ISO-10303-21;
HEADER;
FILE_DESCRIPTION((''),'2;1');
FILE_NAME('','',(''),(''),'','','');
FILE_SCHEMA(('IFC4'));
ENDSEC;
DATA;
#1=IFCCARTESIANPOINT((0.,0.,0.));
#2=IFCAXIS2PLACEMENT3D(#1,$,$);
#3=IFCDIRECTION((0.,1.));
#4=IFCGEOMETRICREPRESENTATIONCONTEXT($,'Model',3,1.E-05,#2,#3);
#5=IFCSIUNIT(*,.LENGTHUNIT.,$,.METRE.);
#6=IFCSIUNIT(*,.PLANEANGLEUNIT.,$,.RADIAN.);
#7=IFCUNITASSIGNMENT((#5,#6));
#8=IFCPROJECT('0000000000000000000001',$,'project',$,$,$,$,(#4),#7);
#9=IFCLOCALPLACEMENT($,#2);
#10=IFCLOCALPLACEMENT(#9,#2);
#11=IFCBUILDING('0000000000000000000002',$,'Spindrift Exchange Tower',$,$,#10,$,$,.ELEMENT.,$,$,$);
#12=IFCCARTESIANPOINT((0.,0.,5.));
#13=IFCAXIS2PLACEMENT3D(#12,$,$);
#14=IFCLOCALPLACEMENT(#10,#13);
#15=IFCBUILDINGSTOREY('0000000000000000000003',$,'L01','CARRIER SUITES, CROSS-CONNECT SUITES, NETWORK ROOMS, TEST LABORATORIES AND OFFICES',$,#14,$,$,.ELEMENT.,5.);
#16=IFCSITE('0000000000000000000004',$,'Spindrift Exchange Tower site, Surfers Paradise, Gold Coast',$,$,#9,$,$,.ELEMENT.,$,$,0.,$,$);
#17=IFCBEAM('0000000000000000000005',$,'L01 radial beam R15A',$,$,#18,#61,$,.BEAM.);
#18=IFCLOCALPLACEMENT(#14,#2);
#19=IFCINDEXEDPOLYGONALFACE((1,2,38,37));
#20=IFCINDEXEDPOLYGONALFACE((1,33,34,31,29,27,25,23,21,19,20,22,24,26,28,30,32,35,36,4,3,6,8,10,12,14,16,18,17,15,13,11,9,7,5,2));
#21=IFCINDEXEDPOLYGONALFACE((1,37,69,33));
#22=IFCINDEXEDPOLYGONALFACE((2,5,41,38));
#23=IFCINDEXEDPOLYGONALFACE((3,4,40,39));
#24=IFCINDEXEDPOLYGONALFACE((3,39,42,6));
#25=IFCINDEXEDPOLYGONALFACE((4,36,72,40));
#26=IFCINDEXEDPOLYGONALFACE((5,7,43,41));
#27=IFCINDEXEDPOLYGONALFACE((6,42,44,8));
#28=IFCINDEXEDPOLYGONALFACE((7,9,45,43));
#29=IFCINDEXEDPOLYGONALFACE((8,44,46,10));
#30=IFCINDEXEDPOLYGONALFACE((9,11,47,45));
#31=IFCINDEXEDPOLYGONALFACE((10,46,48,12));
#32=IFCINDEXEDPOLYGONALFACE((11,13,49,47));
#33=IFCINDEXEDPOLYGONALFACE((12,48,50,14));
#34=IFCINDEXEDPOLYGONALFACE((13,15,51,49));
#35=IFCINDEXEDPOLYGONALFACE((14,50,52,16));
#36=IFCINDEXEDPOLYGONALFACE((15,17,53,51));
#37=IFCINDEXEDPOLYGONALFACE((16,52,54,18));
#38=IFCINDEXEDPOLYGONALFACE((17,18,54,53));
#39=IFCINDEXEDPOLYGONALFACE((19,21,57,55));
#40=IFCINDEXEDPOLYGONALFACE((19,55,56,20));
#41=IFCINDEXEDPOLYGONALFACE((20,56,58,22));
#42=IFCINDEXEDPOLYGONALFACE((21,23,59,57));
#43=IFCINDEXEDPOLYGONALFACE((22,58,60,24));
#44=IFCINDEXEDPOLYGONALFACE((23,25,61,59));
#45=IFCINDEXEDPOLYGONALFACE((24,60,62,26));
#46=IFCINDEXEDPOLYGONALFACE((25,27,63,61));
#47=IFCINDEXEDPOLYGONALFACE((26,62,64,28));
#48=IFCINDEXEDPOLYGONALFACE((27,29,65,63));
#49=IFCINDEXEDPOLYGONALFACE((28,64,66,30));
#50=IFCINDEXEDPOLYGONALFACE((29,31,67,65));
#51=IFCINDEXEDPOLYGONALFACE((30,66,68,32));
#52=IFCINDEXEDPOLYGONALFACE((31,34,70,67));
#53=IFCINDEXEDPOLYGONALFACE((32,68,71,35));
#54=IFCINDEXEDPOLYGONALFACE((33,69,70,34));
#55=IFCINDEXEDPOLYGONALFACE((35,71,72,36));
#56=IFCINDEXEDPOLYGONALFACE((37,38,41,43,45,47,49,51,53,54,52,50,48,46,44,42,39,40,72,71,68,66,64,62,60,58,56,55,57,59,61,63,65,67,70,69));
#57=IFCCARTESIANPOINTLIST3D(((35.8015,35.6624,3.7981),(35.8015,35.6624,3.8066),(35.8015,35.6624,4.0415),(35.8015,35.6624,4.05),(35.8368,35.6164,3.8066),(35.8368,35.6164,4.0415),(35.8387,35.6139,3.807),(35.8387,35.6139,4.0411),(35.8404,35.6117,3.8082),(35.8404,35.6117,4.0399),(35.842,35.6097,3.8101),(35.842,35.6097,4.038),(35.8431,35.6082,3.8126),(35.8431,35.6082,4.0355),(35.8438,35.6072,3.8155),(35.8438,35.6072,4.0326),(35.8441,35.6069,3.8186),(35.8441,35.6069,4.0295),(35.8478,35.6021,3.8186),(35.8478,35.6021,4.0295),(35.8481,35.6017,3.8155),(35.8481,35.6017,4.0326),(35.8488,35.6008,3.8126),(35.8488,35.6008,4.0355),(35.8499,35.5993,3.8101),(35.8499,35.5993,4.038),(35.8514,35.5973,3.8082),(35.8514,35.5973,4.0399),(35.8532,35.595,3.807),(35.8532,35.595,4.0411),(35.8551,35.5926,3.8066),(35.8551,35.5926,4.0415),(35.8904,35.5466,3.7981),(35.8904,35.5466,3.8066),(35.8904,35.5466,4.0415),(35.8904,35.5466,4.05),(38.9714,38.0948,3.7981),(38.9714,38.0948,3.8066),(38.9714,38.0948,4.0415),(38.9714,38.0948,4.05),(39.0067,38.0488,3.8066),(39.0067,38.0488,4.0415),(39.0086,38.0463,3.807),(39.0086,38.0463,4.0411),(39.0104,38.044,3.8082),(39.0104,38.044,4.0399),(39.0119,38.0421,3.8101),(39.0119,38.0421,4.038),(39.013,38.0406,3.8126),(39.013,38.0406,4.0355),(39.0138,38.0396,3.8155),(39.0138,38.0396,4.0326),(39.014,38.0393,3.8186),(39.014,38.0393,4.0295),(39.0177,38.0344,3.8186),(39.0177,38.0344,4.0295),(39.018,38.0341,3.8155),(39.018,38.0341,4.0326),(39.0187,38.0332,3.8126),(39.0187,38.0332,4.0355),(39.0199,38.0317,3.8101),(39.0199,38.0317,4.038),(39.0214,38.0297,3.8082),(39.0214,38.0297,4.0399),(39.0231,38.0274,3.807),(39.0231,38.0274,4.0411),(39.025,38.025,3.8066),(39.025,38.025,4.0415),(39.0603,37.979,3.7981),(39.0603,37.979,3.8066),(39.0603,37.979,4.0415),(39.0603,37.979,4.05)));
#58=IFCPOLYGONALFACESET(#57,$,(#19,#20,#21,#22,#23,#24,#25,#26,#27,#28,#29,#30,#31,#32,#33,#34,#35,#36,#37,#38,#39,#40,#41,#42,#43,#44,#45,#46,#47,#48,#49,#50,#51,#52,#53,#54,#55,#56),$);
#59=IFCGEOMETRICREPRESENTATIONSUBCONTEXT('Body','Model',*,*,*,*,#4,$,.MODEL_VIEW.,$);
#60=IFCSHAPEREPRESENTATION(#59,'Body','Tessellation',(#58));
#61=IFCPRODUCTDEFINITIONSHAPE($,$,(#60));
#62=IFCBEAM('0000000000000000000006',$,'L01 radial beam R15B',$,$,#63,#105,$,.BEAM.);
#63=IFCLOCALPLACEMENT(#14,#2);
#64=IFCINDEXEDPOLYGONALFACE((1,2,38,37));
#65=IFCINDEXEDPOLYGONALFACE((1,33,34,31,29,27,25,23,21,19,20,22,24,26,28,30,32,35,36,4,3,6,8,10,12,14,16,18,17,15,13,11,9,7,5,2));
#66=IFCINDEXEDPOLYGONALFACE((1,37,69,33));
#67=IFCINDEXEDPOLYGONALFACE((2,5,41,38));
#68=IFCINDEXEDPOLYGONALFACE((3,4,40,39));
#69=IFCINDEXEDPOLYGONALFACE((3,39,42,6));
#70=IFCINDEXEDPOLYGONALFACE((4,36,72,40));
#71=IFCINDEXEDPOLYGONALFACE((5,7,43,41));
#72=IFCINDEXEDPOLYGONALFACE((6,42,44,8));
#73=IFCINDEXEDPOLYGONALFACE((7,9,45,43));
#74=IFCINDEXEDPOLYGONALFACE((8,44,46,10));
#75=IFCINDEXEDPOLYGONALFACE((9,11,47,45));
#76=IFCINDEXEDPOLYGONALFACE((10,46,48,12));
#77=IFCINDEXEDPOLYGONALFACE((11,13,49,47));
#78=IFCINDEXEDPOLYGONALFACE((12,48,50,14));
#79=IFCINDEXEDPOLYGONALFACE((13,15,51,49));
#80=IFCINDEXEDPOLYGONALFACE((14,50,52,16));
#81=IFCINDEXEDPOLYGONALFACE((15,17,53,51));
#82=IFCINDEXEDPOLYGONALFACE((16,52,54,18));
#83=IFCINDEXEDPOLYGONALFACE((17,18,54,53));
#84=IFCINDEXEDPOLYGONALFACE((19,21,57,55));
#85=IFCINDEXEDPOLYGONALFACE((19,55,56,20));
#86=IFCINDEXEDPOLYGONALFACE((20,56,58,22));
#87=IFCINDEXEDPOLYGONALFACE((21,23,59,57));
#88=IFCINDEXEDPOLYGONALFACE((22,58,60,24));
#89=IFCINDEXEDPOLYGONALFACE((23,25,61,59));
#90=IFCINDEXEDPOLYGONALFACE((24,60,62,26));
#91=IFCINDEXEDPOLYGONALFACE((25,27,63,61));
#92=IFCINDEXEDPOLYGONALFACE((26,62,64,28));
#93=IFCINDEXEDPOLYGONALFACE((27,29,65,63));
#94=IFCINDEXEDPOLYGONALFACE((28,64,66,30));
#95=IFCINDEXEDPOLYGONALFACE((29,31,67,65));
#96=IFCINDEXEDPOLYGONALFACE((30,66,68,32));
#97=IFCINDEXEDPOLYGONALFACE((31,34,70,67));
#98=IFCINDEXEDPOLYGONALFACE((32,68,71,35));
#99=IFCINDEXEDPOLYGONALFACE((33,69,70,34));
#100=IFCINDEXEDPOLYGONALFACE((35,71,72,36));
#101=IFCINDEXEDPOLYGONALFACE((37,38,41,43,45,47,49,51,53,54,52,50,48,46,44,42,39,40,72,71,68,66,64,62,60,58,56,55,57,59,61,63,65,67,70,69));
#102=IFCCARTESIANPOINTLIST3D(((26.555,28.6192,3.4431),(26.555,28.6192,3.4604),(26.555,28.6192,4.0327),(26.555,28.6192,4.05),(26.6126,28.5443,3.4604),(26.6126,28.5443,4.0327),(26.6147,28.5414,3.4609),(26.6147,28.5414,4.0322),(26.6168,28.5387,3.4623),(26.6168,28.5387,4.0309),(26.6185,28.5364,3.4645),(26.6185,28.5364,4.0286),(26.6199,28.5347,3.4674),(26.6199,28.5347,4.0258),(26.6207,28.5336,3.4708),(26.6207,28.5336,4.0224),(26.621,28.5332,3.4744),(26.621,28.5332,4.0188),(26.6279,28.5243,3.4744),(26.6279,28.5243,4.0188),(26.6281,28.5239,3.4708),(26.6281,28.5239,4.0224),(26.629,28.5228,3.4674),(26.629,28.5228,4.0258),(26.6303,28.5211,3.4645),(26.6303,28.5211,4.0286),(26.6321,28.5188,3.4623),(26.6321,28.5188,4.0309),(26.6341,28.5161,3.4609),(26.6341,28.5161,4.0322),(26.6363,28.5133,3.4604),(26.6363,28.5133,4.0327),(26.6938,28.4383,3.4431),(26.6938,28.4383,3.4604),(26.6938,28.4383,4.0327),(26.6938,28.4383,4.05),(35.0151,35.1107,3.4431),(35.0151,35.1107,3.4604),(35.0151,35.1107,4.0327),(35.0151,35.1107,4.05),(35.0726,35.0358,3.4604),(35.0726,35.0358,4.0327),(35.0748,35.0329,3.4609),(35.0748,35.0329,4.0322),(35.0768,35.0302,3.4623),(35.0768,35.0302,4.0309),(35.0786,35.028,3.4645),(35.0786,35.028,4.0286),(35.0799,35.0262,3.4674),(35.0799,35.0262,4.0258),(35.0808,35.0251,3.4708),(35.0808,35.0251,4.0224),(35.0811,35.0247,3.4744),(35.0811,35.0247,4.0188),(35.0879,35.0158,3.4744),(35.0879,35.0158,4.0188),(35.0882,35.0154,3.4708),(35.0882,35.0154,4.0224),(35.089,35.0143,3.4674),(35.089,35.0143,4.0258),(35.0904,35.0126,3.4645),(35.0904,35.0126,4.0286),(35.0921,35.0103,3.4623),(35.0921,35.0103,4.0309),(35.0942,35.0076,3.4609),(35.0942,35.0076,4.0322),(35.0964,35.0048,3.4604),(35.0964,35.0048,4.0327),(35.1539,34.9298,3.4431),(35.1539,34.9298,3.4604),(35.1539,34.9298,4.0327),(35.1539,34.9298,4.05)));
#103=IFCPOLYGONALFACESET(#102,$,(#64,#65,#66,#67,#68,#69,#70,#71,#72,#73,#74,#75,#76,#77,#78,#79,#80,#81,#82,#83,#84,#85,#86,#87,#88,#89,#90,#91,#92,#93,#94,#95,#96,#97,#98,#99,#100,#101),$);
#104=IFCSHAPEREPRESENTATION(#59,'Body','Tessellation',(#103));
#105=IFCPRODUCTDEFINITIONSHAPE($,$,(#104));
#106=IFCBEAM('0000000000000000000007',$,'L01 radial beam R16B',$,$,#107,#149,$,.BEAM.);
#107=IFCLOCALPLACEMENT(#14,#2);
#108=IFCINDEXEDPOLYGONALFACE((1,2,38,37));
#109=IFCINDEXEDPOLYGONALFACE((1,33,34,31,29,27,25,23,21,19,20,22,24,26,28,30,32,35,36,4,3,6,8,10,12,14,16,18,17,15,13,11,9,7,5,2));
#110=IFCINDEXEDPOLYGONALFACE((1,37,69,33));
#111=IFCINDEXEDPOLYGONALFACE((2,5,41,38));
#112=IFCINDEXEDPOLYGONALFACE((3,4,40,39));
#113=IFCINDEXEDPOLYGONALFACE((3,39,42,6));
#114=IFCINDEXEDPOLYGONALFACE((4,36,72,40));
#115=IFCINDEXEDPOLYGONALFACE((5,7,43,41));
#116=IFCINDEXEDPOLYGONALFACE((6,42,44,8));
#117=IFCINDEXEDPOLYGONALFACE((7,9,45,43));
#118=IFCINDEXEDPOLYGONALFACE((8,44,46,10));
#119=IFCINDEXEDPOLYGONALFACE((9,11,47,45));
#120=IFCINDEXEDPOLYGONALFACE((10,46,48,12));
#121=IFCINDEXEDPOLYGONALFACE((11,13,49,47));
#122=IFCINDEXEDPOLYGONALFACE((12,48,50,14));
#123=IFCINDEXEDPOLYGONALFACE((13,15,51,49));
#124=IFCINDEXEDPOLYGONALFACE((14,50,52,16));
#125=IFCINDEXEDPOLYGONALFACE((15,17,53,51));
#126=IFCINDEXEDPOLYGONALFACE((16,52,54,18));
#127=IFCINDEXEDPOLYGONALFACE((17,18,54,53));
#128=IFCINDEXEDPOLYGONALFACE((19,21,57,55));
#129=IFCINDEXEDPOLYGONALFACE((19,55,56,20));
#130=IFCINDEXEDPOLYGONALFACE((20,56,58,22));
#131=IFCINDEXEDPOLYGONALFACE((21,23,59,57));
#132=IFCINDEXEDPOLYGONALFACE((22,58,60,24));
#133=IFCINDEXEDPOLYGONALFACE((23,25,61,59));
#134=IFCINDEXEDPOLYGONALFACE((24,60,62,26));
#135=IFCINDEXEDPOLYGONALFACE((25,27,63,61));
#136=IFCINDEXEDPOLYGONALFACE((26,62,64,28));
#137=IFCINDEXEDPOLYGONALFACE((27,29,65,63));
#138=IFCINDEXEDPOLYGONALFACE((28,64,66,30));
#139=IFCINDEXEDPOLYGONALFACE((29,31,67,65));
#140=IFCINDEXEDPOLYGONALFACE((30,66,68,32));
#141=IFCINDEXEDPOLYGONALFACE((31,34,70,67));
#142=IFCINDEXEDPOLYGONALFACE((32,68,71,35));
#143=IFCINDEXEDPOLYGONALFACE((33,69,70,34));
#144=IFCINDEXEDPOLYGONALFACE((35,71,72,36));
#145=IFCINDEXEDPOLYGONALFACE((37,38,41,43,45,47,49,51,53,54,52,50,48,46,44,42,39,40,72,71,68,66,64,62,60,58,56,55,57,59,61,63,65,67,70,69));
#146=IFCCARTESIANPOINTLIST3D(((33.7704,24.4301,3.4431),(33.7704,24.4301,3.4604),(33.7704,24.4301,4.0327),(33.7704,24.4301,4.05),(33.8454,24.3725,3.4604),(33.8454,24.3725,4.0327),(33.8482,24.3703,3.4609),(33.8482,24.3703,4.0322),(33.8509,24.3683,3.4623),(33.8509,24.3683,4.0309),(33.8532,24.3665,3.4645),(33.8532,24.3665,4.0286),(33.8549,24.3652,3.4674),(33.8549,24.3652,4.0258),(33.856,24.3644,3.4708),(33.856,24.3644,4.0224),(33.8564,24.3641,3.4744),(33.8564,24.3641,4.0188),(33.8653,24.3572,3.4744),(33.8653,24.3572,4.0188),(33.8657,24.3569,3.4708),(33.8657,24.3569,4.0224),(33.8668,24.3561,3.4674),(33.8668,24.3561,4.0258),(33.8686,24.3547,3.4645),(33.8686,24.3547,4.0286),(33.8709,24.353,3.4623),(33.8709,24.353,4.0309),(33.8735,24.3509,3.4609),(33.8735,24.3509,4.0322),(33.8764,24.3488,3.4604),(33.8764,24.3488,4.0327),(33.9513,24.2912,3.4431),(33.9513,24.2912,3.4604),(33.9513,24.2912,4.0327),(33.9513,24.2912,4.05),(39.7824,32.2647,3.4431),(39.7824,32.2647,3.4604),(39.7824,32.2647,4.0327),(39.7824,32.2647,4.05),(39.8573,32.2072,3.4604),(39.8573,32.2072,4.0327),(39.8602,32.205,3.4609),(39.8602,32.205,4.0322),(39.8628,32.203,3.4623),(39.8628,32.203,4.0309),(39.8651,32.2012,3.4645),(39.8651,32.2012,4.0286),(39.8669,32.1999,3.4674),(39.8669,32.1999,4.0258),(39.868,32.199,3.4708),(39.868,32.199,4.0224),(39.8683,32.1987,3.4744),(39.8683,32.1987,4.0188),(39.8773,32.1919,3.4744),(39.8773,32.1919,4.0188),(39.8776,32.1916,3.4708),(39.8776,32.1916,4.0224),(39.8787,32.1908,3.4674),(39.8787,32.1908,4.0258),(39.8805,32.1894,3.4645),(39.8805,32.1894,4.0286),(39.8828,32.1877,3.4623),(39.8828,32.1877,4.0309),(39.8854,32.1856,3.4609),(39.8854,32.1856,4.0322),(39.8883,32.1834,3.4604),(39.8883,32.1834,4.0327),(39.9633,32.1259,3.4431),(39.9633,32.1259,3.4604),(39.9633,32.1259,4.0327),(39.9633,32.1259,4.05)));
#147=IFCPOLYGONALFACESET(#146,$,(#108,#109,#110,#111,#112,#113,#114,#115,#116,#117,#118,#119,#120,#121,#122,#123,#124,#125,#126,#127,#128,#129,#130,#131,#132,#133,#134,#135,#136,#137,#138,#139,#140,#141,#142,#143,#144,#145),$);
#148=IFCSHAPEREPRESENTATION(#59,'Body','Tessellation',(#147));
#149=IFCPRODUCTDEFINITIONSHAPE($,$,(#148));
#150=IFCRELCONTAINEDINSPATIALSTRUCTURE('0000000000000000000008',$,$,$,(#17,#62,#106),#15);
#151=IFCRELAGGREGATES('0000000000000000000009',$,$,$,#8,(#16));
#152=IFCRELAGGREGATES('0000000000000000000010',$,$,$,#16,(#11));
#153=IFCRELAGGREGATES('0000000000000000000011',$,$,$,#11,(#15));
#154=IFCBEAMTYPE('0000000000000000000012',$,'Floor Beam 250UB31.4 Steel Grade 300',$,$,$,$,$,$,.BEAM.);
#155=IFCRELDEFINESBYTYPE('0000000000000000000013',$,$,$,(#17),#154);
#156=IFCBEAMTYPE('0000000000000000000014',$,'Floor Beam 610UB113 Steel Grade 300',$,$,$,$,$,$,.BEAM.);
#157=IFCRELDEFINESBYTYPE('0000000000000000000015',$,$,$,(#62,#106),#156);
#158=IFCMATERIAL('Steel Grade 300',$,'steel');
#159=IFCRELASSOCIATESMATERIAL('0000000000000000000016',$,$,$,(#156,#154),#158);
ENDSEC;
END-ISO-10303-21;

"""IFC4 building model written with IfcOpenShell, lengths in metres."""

from ifc_helpers import new_model, si_unit, direction, frame, origin, origin_2d, place, context, subcontext, project, spatial, i_section, extrude, source, transform, mapped, material, material_profile, profile_set, type_object, element, save


model = new_model("IFC4")

# Units and contexts
model_context = context("Model", 3, precision=1e-05, world=origin(), true_north=direction((0.0, 1.0)))
body_context = subcontext(model_context, "Body", "Model", "MODEL_VIEW")
ifc_project = project(units=[si_unit("LENGTHUNIT", "METRE"), si_unit("PLANEANGLEUNIT", "RADIAN")], contexts=[model_context])

# Site, building, storey
site_placement = place(None, origin())
site = spatial("IfcSite", under=ifc_project, at=site_placement, Name="Spindrift Exchange Tower site, Surfers Paradise, Gold Coast", CompositionType="ELEMENT", RefElevation=0.0)
building_placement = place(site_placement, origin())
building = spatial("IfcBuilding", under=site, at=building_placement, Name="Spindrift Exchange Tower", CompositionType="ELEMENT")
storey_placement = place(building_placement, frame((0.0, 0.0, 5.0)))
storey = spatial("IfcBuildingStorey", under=building, at=storey_placement, Name="L01", Description="CARRIER SUITES, CROSS-CONNECT SUITES, NETWORK ROOMS, TEST LABORATORIES AND OFFICES", CompositionType="ELEMENT", Elevation=5.0)

# Beams
ifc_material_1 = material(Name="Steel Grade 300", Category="steel")
ifc_material_profile_1 = material_profile(ifc_material_1, i_section(OverallWidth=0.228, OverallDepth=0.6069, WebThickness=0.0112, FlangeThickness=0.0173, FilletRadius=0.0139, at=origin_2d()), Name="610UB113")
ifc_profile_set_1 = profile_set([ifc_material_profile_1], Name="Steel Grade 300")
beam_type_1 = type_object("IfcBeamType", Name="Floor Beam 610UB113 Steel Grade 300", PredefinedType="BEAM", material=ifc_profile_set_1)
ifc_material_profile_2 = material_profile(ifc_material_1, i_section(OverallWidth=0.146, OverallDepth=0.252, WebThickness=0.0061, FlangeThickness=0.0085, FilletRadius=0.012, at=origin_2d()), Name="250UB31.4")
ifc_profile_set_2 = profile_set([ifc_material_profile_2], Name="Steel Grade 300")
beam_type_2 = type_object("IfcBeamType", Name="Floor Beam 250UB31.4 Steel Grade 300", PredefinedType="BEAM", material=ifc_profile_set_2)
shared_shape_1 = source(origin(), body_context, "Body", "SweptSolid", [
    extrude(i_section(OverallWidth=0.146, OverallDepth=0.252, WebThickness=0.0061, FlangeThickness=0.0085, FilletRadius=0.012, at=origin_2d()), origin(), (0.0, 0.0, 1.0), 3.9956),
])
beam_1_placement = place(storey_placement, frame((39.0159, 38.0369, 3.9241), z_axis=(-0.793353, -0.608762, 0.0), x_axis=(0.608762, -0.793353, 0.0)))
element("IfcBeam", 1, at=beam_1_placement, inside=storey, type_object=beam_type_2, Name="L01 radial beam R15A", PredefinedType="BEAM", context=body_context, shape_type="MappedRepresentation", body=[
    mapped(shared_shape_1, transform((0.0, 0.0, 0.0), scale=1.0)),
])
shared_shape_2 = source(origin(), body_context, "Body", "SweptSolid", [
    extrude(i_section(OverallWidth=0.228, OverallDepth=0.6069, WebThickness=0.0112, FlangeThickness=0.0173, FilletRadius=0.0139, at=origin_2d()), origin(), (0.0, 0.0, 1.0), 10.6636),
])
beam_2_placement = place(storey_placement, frame((35.0845, 35.0203, 3.7466), z_axis=(-0.793358, -0.608755, 0.0), x_axis=(0.608755, -0.793358, 0.0)))
element("IfcBeam", 2, at=beam_2_placement, inside=storey, type_object=beam_type_1, Name="L01 radial beam R15B", PredefinedType="BEAM", context=body_context, shape_type="MappedRepresentation", body=[
    mapped(shared_shape_2, transform((0.0, 0.0, 0.0), scale=1.0)),
])
shared_shape_3 = source(origin(), body_context, "Body", "SweptSolid", [
    extrude(i_section(OverallWidth=0.228, OverallDepth=0.6069, WebThickness=0.0112, FlangeThickness=0.0173, FilletRadius=0.0139, at=origin_2d()), origin(), (0.0, 0.0, 1.0), 9.8755),
])
beam_3_placement = place(storey_placement, frame((39.8728, 32.1953, 3.7466), z_axis=(-0.608772, -0.793345, 0.0), x_axis=(0.793345, -0.608772, 0.0)))
element("IfcBeam", 3, at=beam_3_placement, inside=storey, type_object=beam_type_1, Name="L01 radial beam R16B", PredefinedType="BEAM", context=body_context, shape_type="MappedRepresentation", body=[
    mapped(shared_shape_3, transform((0.0, 0.0, 0.0), scale=1.0)),
])

save(model, "model.ifc")
